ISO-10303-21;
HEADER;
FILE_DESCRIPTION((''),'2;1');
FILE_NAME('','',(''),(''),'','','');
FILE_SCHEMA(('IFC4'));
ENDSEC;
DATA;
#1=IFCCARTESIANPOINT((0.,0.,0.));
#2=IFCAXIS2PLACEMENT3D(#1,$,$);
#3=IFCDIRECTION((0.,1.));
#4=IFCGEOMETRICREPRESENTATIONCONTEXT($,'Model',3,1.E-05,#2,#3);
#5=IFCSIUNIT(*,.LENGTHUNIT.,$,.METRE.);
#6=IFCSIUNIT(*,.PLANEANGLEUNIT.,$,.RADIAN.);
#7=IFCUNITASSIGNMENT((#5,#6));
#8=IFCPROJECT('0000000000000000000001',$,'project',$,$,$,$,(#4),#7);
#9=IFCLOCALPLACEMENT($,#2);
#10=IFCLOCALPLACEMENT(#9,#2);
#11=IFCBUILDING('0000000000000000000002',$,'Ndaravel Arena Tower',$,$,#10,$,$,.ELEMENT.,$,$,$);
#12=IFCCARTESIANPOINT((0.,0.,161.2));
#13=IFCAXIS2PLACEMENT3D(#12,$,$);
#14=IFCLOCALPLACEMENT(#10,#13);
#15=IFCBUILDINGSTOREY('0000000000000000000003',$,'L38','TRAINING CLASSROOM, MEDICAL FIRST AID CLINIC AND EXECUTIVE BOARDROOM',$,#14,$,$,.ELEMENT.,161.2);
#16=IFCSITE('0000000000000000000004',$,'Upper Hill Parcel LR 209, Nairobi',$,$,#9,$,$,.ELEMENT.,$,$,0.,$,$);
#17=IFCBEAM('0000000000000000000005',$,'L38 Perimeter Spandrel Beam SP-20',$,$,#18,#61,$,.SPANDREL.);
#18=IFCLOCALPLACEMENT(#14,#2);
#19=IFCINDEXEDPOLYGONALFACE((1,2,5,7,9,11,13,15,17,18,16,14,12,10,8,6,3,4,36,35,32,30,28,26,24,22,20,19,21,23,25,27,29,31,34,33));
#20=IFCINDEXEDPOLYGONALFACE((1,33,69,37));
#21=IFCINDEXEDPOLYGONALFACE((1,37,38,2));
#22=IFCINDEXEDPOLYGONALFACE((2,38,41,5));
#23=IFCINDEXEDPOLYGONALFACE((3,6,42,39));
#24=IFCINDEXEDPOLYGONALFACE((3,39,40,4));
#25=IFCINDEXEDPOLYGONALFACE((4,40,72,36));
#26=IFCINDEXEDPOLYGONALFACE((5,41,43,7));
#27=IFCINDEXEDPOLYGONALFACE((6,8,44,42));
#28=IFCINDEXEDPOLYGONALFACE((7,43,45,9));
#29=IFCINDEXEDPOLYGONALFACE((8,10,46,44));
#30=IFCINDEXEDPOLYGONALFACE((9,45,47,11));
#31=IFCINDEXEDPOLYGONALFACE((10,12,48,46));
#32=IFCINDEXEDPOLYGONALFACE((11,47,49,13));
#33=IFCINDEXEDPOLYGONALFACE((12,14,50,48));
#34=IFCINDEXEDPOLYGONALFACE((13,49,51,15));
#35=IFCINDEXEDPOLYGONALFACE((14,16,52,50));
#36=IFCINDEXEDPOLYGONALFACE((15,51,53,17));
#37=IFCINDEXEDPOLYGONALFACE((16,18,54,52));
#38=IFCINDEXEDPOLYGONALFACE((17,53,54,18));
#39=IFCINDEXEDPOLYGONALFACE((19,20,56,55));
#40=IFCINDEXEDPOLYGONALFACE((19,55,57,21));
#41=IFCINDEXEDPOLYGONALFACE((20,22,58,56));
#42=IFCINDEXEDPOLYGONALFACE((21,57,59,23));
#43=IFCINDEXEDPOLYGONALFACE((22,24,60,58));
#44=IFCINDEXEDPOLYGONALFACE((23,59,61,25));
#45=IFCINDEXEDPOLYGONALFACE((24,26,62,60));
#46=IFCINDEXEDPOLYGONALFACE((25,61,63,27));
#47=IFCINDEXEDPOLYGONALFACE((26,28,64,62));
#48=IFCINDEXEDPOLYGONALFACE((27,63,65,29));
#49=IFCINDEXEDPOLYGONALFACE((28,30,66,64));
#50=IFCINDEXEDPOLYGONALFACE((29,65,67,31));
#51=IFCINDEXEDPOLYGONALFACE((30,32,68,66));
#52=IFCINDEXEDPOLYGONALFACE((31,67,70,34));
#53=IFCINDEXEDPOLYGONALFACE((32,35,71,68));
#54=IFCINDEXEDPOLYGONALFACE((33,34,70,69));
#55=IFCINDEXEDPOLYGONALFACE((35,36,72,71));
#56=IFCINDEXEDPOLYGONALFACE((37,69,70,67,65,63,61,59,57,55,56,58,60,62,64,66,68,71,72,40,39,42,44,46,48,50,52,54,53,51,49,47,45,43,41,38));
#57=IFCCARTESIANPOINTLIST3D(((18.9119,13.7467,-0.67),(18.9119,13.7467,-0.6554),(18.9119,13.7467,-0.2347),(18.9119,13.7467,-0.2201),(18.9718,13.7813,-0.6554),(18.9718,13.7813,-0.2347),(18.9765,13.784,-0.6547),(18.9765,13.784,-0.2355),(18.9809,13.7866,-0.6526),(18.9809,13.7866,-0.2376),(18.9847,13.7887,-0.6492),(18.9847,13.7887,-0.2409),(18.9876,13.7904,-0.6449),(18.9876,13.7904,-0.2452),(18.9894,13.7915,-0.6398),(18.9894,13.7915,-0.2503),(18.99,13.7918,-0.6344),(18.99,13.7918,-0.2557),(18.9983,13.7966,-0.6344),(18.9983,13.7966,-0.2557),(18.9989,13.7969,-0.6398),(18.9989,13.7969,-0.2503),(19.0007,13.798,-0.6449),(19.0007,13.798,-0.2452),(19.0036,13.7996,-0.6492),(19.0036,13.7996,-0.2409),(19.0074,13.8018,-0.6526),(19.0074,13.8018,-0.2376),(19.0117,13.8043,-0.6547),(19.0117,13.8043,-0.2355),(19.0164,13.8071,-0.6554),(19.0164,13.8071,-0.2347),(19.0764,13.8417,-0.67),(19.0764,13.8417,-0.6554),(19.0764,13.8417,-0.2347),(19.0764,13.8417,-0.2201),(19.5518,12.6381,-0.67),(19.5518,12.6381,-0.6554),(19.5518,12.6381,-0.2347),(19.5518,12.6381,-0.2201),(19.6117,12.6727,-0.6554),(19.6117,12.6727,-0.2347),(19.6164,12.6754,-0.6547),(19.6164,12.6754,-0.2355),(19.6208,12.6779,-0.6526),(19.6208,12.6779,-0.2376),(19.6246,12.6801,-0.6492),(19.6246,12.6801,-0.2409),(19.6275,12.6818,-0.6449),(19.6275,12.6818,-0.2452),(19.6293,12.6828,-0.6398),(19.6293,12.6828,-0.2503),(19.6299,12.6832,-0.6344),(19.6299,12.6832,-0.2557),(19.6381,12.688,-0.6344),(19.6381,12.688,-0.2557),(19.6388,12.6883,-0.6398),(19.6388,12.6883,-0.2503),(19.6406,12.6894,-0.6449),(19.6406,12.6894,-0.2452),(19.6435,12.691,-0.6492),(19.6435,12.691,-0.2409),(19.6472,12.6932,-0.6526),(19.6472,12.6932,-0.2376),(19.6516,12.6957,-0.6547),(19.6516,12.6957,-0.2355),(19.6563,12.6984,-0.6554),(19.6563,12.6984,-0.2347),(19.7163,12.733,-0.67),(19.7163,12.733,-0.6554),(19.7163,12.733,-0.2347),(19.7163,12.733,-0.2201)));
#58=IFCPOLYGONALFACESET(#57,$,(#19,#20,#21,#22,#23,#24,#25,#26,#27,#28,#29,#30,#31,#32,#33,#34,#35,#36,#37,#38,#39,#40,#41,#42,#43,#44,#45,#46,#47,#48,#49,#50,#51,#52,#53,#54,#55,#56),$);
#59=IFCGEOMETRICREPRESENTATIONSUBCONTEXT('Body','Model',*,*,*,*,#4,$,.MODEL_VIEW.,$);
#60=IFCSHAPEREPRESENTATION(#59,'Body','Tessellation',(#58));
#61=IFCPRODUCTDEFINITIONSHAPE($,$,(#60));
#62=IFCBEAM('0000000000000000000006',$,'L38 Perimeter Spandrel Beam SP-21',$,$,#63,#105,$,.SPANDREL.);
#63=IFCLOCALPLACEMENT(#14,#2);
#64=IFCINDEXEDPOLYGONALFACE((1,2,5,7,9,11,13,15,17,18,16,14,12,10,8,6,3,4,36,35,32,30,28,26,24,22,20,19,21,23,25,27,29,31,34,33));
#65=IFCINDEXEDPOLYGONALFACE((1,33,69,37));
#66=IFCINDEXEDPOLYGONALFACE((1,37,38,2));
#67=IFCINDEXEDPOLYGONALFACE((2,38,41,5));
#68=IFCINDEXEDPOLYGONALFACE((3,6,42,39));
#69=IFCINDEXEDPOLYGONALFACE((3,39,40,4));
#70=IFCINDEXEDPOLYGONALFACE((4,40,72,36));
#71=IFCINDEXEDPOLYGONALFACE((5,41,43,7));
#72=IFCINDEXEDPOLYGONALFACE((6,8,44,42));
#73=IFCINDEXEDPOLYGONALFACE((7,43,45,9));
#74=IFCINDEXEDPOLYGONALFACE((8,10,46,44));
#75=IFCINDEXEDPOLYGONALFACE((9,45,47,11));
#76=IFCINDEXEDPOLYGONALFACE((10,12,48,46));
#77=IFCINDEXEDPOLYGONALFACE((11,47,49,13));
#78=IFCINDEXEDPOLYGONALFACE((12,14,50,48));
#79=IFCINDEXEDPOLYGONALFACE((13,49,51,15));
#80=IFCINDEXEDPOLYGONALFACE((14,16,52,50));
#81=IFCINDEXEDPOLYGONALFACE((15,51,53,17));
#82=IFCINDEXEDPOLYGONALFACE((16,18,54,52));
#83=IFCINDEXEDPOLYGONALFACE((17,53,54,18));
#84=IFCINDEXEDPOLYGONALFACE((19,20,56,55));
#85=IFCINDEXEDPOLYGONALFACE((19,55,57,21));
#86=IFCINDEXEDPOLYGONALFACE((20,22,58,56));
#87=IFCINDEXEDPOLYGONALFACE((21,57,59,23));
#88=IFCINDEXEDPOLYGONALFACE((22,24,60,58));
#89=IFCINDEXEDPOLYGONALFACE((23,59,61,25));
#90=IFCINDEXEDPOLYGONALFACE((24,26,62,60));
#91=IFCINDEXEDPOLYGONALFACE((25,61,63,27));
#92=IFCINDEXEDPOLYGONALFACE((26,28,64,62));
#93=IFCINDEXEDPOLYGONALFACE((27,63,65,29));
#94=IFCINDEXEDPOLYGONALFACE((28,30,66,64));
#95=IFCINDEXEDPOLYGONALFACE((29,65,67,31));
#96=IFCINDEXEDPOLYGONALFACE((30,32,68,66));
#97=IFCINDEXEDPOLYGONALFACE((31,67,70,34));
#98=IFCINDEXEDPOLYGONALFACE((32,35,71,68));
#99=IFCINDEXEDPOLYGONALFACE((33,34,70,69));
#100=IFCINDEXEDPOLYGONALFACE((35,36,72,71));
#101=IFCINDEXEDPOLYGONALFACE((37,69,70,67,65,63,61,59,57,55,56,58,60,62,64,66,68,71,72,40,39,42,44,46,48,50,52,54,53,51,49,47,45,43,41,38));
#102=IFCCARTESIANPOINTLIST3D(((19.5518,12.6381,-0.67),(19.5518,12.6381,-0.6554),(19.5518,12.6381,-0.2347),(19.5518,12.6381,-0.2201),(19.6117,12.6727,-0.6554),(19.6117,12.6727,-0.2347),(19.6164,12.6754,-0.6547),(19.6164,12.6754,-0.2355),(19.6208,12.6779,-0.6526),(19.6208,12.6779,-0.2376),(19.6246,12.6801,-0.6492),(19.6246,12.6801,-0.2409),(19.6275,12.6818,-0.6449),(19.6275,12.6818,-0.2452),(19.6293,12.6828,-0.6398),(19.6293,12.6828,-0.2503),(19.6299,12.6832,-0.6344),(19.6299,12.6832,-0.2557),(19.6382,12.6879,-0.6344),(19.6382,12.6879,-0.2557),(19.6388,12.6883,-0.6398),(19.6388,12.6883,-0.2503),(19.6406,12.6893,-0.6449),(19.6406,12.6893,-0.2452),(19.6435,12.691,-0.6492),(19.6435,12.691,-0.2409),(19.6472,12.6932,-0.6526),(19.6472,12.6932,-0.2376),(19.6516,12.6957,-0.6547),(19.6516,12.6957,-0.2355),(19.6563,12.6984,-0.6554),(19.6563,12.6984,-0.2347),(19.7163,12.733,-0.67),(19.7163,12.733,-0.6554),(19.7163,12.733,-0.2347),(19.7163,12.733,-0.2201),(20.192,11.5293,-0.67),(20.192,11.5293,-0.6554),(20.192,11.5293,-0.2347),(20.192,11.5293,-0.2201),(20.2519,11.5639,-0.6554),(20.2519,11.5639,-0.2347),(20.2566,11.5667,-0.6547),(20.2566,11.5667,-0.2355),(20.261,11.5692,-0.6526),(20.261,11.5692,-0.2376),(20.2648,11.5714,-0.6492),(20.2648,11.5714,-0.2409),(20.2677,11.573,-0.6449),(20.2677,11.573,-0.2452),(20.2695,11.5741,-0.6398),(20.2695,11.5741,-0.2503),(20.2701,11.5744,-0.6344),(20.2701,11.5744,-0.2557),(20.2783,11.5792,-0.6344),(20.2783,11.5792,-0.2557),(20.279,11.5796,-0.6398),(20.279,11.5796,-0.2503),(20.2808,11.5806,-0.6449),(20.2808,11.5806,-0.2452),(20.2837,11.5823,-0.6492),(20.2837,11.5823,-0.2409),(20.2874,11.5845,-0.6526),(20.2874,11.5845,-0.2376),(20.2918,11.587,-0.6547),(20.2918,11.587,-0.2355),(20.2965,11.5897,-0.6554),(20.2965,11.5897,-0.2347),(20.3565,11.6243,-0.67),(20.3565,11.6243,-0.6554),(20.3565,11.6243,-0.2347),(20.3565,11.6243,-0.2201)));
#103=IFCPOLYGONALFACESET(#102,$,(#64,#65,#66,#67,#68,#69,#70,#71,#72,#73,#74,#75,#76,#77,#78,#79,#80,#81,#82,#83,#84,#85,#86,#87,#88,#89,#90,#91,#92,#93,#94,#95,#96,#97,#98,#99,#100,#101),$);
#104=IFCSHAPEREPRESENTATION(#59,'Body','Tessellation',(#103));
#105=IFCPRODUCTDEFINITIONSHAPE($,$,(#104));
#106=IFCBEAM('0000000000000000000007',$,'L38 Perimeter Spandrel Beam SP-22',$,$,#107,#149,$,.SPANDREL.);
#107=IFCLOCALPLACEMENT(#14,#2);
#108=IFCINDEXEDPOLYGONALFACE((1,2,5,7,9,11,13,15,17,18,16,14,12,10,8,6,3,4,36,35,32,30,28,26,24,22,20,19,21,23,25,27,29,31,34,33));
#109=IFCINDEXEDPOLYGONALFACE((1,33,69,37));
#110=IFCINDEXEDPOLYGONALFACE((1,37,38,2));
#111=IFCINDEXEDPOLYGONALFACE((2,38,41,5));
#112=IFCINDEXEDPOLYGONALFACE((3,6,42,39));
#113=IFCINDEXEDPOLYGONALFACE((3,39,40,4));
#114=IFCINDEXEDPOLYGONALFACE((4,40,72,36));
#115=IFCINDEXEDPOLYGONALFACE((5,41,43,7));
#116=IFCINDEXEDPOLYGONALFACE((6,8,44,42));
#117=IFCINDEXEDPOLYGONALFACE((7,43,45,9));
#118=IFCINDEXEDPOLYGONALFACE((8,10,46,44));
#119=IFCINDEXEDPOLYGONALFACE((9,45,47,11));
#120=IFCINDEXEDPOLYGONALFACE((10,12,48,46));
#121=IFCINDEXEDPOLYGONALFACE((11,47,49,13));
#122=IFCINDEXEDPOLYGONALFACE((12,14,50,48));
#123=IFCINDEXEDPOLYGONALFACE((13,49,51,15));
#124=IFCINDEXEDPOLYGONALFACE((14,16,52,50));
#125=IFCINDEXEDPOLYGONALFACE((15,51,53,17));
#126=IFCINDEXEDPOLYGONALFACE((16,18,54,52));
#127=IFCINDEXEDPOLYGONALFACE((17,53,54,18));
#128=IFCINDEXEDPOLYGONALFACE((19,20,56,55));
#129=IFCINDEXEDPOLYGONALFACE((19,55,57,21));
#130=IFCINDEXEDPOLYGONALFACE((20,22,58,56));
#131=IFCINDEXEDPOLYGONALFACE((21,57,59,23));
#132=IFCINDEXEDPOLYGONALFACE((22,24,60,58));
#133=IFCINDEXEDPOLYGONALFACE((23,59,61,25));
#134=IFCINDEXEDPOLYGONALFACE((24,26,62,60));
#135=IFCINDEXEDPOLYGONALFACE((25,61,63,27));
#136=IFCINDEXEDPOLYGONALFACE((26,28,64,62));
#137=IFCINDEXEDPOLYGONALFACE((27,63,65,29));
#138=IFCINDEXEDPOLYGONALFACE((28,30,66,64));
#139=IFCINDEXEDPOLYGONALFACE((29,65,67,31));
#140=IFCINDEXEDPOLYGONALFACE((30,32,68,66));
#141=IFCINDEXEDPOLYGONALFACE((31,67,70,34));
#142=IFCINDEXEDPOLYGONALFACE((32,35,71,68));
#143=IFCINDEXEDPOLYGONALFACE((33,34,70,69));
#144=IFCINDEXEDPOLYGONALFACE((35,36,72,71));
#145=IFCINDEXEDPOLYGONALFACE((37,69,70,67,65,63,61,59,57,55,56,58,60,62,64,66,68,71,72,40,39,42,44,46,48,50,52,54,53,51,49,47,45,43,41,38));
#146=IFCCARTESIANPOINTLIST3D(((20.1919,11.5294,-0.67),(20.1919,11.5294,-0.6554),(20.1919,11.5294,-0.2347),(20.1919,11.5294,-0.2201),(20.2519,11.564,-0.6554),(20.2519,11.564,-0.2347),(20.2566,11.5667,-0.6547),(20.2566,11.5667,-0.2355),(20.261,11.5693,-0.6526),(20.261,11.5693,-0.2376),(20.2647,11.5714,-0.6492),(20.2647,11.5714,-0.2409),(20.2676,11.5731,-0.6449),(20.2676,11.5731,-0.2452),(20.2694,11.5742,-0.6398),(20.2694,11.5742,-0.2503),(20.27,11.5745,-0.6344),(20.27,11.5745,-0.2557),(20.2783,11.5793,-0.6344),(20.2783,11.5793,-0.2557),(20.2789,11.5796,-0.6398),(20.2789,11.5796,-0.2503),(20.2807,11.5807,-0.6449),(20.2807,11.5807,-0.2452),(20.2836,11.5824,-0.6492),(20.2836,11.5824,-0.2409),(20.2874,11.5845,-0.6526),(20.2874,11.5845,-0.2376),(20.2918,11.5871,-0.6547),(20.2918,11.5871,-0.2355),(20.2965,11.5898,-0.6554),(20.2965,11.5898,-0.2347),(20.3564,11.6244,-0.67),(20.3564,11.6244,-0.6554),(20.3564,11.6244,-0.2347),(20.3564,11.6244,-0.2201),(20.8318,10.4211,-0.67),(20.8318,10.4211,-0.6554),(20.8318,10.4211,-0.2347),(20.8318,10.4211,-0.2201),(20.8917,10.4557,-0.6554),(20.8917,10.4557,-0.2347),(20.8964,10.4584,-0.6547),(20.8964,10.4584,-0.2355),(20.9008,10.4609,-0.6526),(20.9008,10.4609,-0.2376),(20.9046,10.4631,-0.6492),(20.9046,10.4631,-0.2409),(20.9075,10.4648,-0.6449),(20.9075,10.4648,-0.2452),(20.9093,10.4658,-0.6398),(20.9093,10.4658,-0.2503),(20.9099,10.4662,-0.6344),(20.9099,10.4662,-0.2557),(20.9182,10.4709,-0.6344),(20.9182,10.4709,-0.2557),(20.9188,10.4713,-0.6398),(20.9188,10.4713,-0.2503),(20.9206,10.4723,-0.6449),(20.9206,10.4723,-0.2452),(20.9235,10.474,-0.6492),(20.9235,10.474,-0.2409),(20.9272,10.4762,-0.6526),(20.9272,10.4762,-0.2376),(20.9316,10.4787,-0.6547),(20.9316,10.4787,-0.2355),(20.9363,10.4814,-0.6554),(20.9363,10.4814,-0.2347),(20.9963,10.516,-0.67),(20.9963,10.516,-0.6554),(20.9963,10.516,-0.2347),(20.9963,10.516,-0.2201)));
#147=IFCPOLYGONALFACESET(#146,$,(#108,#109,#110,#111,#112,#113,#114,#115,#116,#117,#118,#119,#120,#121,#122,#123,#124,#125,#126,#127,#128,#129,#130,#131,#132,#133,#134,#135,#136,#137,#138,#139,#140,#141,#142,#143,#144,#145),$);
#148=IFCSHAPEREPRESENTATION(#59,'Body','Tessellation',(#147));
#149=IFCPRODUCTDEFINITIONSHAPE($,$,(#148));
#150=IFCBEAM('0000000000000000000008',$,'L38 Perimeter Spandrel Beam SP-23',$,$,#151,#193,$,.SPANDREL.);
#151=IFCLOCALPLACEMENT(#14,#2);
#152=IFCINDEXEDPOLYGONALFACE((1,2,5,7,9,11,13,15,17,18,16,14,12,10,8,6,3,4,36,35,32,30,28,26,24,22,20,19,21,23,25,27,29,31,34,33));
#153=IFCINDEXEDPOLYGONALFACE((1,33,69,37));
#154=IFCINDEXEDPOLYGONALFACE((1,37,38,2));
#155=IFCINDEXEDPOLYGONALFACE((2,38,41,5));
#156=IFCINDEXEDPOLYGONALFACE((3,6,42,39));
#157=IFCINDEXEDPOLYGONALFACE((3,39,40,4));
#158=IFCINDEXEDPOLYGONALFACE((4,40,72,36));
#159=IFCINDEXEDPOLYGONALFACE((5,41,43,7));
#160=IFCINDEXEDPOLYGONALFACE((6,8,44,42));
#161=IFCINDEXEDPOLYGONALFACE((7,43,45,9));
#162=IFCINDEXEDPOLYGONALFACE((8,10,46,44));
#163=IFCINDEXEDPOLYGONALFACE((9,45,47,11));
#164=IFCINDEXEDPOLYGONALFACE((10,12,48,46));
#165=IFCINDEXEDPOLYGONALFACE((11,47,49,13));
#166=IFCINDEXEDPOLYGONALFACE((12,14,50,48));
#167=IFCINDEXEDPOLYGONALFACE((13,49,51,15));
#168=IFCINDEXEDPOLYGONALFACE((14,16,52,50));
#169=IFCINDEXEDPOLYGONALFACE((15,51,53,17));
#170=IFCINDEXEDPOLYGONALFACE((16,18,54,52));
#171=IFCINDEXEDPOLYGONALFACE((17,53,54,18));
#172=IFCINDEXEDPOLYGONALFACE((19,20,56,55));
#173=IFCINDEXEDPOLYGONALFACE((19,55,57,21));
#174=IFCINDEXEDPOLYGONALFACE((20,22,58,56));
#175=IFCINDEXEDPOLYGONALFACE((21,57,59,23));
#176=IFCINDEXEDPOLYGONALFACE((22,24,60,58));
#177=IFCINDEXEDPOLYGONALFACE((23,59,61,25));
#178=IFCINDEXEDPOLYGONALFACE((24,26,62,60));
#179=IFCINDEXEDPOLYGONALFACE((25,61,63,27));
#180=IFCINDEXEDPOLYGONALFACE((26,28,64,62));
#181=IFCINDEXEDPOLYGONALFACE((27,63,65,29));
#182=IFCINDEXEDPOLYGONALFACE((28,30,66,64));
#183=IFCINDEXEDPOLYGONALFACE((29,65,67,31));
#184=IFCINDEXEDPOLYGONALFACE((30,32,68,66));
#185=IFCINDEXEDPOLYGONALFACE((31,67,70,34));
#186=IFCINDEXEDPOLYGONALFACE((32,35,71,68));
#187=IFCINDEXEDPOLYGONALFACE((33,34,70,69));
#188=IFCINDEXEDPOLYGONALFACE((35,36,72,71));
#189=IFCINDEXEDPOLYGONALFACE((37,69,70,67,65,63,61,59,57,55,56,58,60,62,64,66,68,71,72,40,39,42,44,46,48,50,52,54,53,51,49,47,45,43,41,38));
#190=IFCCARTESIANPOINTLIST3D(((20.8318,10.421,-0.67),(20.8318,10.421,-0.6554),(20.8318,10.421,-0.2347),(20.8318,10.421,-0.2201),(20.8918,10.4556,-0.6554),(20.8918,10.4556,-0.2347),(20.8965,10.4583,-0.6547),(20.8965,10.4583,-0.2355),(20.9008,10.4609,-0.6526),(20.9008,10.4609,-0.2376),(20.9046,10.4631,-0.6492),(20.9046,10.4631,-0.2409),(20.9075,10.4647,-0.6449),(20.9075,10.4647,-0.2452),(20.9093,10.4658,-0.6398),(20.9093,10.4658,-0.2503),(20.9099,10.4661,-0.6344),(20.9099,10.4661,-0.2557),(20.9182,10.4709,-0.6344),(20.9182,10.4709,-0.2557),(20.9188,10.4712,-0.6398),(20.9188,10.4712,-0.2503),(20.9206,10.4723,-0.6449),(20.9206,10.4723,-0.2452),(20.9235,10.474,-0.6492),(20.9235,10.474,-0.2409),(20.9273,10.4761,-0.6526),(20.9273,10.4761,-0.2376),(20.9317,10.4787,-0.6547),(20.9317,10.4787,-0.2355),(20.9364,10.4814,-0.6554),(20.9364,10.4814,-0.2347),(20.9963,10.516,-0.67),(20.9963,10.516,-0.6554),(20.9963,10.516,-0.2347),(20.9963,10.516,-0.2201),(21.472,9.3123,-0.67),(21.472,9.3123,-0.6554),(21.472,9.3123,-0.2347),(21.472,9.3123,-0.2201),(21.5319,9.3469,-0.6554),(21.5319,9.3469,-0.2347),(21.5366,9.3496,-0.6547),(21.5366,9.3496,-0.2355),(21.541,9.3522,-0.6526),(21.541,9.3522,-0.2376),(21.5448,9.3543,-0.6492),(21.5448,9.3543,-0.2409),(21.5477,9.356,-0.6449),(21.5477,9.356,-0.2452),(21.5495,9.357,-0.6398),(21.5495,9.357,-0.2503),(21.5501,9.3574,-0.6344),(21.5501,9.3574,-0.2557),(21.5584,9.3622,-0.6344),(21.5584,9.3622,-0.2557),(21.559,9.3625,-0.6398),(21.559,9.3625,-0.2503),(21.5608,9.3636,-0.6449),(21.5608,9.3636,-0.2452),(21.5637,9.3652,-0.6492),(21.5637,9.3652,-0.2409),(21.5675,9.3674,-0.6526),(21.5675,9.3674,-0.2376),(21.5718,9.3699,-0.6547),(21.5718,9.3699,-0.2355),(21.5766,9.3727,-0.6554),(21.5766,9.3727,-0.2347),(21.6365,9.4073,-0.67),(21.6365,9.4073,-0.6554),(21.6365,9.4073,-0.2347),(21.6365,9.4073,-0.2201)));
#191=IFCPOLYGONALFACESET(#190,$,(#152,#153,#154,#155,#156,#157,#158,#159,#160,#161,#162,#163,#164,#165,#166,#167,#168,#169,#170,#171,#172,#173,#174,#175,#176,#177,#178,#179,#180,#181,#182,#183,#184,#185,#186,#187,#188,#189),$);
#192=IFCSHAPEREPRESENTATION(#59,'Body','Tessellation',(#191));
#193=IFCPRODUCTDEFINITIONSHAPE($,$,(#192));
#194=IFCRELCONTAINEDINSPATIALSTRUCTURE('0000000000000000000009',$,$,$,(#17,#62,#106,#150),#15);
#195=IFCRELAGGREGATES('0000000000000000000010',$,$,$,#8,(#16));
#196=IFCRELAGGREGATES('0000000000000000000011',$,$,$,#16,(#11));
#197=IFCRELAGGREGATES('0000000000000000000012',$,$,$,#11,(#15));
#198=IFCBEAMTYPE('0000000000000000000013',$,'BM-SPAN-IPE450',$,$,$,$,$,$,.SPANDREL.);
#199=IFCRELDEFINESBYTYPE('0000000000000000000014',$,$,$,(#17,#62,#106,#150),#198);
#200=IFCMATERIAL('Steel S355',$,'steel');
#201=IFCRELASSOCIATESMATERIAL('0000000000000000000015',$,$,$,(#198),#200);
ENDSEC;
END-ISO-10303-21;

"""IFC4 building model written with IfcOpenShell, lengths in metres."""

from ifc_helpers import new_model, si_unit, direction, frame, origin, origin_2d, place, context, subcontext, project, spatial, i_section, extrude, material, material_profile, profile_set, type_object, element, save


model = new_model("IFC4")

# Units and contexts
model_context = context("Model", 3, precision=1e-05, world=origin(), true_north=direction((0.0, 1.0)))
body_context = subcontext(model_context, "Body", "Model", "MODEL_VIEW")
ifc_project = project(units=[si_unit("LENGTHUNIT", "METRE"), si_unit("PLANEANGLEUNIT", "RADIAN")], contexts=[model_context])

# Site, building, storey
site_placement = place(None, origin())
site = spatial("IfcSite", under=ifc_project, at=site_placement, Name="Upper Hill Parcel LR 209, Nairobi", CompositionType="ELEMENT", RefElevation=0.0)
building_placement = place(site_placement, origin())
building = spatial("IfcBuilding", under=site, at=building_placement, Name="Ndaravel Arena Tower", CompositionType="ELEMENT")
storey_placement = place(building_placement, frame((0.0, 0.0, 161.2)))
storey = spatial("IfcBuildingStorey", under=building, at=storey_placement, Name="L38", Description="TRAINING CLASSROOM, MEDICAL FIRST AID CLINIC AND EXECUTIVE BOARDROOM", CompositionType="ELEMENT", Elevation=161.2)

# Beams
ifc_material_1 = material(Name="Steel S355", Category="steel")
ifc_material_profile_1 = material_profile(ifc_material_1, i_section(OverallWidth=0.1899, OverallDepth=0.45, WebThickness=0.0095, FlangeThickness=0.0146, FilletRadius=0.021, at=origin_2d()), Name="IPE 450")
ifc_profile_set_1 = profile_set([ifc_material_profile_1], Name="Steel S355")
beam_type = type_object("IfcBeamType", Name="BM-SPAN-IPE450", PredefinedType="SPANDREL", material=ifc_profile_set_1)
beam_1_placement = place(storey_placement, frame((18.9941, 13.7942, -0.4451), z_axis=(0.499893, -0.866087, 0.0), x_axis=(0.866087, 0.499893, 0.0)))
element("IfcBeam", 1, at=beam_1_placement, inside=storey, type_object=beam_type, Name="L38 Perimeter Spandrel Beam SP-20", PredefinedType="SPANDREL", context=body_context, shape_type="SweptSolid", body=[
    extrude(i_section(OverallWidth=0.1899, OverallDepth=0.45, WebThickness=0.0095, FlangeThickness=0.0146, FilletRadius=0.021, at=origin_2d()), origin(), (0.0, 0.0, 1.0), 1.28),
])
beam_2_placement = place(storey_placement, frame((19.634, 12.6855, -0.4451), z_axis=(0.500036, -0.866005, 0.0), x_axis=(0.866005, 0.500036, 0.0)))
element("IfcBeam", 2, at=beam_2_placement, inside=storey, type_object=beam_type, Name="L38 Perimeter Spandrel Beam SP-21", PredefinedType="SPANDREL", context=body_context, shape_type="SweptSolid", body=[
    extrude(i_section(OverallWidth=0.1899, OverallDepth=0.45, WebThickness=0.0095, FlangeThickness=0.0146, FilletRadius=0.021, at=origin_2d()), origin(), (0.0, 0.0, 1.0), 1.2803),
])
beam_3_placement = place(storey_placement, frame((20.2742, 11.5769, -0.4451), z_axis=(0.499976, -0.866039, 0.0), x_axis=(0.866039, 0.499976, 0.0)))
element("IfcBeam", 3, at=beam_3_placement, inside=storey, type_object=beam_type, Name="L38 Perimeter Spandrel Beam SP-22", PredefinedType="SPANDREL", context=body_context, shape_type="SweptSolid", body=[
    extrude(i_section(OverallWidth=0.1899, OverallDepth=0.45, WebThickness=0.0095, FlangeThickness=0.0146, FilletRadius=0.021, at=origin_2d()), origin(), (0.0, 0.0, 1.0), 1.2798),
])
beam_4_placement = place(storey_placement, frame((20.9141, 10.4685, -0.4451), z_axis=(0.500036, -0.866005, 0.0), x_axis=(0.866005, 0.500036, 0.0)))
element("IfcBeam", 4, at=beam_4_placement, inside=storey, type_object=beam_type, Name="L38 Perimeter Spandrel Beam SP-23", PredefinedType="SPANDREL", context=body_context, shape_type="SweptSolid", body=[
    extrude(i_section(OverallWidth=0.1899, OverallDepth=0.45, WebThickness=0.0095, FlangeThickness=0.0146, FilletRadius=0.021, at=origin_2d()), origin(), (0.0, 0.0, 1.0), 1.2803),
])

save(model, "model.ifc")
